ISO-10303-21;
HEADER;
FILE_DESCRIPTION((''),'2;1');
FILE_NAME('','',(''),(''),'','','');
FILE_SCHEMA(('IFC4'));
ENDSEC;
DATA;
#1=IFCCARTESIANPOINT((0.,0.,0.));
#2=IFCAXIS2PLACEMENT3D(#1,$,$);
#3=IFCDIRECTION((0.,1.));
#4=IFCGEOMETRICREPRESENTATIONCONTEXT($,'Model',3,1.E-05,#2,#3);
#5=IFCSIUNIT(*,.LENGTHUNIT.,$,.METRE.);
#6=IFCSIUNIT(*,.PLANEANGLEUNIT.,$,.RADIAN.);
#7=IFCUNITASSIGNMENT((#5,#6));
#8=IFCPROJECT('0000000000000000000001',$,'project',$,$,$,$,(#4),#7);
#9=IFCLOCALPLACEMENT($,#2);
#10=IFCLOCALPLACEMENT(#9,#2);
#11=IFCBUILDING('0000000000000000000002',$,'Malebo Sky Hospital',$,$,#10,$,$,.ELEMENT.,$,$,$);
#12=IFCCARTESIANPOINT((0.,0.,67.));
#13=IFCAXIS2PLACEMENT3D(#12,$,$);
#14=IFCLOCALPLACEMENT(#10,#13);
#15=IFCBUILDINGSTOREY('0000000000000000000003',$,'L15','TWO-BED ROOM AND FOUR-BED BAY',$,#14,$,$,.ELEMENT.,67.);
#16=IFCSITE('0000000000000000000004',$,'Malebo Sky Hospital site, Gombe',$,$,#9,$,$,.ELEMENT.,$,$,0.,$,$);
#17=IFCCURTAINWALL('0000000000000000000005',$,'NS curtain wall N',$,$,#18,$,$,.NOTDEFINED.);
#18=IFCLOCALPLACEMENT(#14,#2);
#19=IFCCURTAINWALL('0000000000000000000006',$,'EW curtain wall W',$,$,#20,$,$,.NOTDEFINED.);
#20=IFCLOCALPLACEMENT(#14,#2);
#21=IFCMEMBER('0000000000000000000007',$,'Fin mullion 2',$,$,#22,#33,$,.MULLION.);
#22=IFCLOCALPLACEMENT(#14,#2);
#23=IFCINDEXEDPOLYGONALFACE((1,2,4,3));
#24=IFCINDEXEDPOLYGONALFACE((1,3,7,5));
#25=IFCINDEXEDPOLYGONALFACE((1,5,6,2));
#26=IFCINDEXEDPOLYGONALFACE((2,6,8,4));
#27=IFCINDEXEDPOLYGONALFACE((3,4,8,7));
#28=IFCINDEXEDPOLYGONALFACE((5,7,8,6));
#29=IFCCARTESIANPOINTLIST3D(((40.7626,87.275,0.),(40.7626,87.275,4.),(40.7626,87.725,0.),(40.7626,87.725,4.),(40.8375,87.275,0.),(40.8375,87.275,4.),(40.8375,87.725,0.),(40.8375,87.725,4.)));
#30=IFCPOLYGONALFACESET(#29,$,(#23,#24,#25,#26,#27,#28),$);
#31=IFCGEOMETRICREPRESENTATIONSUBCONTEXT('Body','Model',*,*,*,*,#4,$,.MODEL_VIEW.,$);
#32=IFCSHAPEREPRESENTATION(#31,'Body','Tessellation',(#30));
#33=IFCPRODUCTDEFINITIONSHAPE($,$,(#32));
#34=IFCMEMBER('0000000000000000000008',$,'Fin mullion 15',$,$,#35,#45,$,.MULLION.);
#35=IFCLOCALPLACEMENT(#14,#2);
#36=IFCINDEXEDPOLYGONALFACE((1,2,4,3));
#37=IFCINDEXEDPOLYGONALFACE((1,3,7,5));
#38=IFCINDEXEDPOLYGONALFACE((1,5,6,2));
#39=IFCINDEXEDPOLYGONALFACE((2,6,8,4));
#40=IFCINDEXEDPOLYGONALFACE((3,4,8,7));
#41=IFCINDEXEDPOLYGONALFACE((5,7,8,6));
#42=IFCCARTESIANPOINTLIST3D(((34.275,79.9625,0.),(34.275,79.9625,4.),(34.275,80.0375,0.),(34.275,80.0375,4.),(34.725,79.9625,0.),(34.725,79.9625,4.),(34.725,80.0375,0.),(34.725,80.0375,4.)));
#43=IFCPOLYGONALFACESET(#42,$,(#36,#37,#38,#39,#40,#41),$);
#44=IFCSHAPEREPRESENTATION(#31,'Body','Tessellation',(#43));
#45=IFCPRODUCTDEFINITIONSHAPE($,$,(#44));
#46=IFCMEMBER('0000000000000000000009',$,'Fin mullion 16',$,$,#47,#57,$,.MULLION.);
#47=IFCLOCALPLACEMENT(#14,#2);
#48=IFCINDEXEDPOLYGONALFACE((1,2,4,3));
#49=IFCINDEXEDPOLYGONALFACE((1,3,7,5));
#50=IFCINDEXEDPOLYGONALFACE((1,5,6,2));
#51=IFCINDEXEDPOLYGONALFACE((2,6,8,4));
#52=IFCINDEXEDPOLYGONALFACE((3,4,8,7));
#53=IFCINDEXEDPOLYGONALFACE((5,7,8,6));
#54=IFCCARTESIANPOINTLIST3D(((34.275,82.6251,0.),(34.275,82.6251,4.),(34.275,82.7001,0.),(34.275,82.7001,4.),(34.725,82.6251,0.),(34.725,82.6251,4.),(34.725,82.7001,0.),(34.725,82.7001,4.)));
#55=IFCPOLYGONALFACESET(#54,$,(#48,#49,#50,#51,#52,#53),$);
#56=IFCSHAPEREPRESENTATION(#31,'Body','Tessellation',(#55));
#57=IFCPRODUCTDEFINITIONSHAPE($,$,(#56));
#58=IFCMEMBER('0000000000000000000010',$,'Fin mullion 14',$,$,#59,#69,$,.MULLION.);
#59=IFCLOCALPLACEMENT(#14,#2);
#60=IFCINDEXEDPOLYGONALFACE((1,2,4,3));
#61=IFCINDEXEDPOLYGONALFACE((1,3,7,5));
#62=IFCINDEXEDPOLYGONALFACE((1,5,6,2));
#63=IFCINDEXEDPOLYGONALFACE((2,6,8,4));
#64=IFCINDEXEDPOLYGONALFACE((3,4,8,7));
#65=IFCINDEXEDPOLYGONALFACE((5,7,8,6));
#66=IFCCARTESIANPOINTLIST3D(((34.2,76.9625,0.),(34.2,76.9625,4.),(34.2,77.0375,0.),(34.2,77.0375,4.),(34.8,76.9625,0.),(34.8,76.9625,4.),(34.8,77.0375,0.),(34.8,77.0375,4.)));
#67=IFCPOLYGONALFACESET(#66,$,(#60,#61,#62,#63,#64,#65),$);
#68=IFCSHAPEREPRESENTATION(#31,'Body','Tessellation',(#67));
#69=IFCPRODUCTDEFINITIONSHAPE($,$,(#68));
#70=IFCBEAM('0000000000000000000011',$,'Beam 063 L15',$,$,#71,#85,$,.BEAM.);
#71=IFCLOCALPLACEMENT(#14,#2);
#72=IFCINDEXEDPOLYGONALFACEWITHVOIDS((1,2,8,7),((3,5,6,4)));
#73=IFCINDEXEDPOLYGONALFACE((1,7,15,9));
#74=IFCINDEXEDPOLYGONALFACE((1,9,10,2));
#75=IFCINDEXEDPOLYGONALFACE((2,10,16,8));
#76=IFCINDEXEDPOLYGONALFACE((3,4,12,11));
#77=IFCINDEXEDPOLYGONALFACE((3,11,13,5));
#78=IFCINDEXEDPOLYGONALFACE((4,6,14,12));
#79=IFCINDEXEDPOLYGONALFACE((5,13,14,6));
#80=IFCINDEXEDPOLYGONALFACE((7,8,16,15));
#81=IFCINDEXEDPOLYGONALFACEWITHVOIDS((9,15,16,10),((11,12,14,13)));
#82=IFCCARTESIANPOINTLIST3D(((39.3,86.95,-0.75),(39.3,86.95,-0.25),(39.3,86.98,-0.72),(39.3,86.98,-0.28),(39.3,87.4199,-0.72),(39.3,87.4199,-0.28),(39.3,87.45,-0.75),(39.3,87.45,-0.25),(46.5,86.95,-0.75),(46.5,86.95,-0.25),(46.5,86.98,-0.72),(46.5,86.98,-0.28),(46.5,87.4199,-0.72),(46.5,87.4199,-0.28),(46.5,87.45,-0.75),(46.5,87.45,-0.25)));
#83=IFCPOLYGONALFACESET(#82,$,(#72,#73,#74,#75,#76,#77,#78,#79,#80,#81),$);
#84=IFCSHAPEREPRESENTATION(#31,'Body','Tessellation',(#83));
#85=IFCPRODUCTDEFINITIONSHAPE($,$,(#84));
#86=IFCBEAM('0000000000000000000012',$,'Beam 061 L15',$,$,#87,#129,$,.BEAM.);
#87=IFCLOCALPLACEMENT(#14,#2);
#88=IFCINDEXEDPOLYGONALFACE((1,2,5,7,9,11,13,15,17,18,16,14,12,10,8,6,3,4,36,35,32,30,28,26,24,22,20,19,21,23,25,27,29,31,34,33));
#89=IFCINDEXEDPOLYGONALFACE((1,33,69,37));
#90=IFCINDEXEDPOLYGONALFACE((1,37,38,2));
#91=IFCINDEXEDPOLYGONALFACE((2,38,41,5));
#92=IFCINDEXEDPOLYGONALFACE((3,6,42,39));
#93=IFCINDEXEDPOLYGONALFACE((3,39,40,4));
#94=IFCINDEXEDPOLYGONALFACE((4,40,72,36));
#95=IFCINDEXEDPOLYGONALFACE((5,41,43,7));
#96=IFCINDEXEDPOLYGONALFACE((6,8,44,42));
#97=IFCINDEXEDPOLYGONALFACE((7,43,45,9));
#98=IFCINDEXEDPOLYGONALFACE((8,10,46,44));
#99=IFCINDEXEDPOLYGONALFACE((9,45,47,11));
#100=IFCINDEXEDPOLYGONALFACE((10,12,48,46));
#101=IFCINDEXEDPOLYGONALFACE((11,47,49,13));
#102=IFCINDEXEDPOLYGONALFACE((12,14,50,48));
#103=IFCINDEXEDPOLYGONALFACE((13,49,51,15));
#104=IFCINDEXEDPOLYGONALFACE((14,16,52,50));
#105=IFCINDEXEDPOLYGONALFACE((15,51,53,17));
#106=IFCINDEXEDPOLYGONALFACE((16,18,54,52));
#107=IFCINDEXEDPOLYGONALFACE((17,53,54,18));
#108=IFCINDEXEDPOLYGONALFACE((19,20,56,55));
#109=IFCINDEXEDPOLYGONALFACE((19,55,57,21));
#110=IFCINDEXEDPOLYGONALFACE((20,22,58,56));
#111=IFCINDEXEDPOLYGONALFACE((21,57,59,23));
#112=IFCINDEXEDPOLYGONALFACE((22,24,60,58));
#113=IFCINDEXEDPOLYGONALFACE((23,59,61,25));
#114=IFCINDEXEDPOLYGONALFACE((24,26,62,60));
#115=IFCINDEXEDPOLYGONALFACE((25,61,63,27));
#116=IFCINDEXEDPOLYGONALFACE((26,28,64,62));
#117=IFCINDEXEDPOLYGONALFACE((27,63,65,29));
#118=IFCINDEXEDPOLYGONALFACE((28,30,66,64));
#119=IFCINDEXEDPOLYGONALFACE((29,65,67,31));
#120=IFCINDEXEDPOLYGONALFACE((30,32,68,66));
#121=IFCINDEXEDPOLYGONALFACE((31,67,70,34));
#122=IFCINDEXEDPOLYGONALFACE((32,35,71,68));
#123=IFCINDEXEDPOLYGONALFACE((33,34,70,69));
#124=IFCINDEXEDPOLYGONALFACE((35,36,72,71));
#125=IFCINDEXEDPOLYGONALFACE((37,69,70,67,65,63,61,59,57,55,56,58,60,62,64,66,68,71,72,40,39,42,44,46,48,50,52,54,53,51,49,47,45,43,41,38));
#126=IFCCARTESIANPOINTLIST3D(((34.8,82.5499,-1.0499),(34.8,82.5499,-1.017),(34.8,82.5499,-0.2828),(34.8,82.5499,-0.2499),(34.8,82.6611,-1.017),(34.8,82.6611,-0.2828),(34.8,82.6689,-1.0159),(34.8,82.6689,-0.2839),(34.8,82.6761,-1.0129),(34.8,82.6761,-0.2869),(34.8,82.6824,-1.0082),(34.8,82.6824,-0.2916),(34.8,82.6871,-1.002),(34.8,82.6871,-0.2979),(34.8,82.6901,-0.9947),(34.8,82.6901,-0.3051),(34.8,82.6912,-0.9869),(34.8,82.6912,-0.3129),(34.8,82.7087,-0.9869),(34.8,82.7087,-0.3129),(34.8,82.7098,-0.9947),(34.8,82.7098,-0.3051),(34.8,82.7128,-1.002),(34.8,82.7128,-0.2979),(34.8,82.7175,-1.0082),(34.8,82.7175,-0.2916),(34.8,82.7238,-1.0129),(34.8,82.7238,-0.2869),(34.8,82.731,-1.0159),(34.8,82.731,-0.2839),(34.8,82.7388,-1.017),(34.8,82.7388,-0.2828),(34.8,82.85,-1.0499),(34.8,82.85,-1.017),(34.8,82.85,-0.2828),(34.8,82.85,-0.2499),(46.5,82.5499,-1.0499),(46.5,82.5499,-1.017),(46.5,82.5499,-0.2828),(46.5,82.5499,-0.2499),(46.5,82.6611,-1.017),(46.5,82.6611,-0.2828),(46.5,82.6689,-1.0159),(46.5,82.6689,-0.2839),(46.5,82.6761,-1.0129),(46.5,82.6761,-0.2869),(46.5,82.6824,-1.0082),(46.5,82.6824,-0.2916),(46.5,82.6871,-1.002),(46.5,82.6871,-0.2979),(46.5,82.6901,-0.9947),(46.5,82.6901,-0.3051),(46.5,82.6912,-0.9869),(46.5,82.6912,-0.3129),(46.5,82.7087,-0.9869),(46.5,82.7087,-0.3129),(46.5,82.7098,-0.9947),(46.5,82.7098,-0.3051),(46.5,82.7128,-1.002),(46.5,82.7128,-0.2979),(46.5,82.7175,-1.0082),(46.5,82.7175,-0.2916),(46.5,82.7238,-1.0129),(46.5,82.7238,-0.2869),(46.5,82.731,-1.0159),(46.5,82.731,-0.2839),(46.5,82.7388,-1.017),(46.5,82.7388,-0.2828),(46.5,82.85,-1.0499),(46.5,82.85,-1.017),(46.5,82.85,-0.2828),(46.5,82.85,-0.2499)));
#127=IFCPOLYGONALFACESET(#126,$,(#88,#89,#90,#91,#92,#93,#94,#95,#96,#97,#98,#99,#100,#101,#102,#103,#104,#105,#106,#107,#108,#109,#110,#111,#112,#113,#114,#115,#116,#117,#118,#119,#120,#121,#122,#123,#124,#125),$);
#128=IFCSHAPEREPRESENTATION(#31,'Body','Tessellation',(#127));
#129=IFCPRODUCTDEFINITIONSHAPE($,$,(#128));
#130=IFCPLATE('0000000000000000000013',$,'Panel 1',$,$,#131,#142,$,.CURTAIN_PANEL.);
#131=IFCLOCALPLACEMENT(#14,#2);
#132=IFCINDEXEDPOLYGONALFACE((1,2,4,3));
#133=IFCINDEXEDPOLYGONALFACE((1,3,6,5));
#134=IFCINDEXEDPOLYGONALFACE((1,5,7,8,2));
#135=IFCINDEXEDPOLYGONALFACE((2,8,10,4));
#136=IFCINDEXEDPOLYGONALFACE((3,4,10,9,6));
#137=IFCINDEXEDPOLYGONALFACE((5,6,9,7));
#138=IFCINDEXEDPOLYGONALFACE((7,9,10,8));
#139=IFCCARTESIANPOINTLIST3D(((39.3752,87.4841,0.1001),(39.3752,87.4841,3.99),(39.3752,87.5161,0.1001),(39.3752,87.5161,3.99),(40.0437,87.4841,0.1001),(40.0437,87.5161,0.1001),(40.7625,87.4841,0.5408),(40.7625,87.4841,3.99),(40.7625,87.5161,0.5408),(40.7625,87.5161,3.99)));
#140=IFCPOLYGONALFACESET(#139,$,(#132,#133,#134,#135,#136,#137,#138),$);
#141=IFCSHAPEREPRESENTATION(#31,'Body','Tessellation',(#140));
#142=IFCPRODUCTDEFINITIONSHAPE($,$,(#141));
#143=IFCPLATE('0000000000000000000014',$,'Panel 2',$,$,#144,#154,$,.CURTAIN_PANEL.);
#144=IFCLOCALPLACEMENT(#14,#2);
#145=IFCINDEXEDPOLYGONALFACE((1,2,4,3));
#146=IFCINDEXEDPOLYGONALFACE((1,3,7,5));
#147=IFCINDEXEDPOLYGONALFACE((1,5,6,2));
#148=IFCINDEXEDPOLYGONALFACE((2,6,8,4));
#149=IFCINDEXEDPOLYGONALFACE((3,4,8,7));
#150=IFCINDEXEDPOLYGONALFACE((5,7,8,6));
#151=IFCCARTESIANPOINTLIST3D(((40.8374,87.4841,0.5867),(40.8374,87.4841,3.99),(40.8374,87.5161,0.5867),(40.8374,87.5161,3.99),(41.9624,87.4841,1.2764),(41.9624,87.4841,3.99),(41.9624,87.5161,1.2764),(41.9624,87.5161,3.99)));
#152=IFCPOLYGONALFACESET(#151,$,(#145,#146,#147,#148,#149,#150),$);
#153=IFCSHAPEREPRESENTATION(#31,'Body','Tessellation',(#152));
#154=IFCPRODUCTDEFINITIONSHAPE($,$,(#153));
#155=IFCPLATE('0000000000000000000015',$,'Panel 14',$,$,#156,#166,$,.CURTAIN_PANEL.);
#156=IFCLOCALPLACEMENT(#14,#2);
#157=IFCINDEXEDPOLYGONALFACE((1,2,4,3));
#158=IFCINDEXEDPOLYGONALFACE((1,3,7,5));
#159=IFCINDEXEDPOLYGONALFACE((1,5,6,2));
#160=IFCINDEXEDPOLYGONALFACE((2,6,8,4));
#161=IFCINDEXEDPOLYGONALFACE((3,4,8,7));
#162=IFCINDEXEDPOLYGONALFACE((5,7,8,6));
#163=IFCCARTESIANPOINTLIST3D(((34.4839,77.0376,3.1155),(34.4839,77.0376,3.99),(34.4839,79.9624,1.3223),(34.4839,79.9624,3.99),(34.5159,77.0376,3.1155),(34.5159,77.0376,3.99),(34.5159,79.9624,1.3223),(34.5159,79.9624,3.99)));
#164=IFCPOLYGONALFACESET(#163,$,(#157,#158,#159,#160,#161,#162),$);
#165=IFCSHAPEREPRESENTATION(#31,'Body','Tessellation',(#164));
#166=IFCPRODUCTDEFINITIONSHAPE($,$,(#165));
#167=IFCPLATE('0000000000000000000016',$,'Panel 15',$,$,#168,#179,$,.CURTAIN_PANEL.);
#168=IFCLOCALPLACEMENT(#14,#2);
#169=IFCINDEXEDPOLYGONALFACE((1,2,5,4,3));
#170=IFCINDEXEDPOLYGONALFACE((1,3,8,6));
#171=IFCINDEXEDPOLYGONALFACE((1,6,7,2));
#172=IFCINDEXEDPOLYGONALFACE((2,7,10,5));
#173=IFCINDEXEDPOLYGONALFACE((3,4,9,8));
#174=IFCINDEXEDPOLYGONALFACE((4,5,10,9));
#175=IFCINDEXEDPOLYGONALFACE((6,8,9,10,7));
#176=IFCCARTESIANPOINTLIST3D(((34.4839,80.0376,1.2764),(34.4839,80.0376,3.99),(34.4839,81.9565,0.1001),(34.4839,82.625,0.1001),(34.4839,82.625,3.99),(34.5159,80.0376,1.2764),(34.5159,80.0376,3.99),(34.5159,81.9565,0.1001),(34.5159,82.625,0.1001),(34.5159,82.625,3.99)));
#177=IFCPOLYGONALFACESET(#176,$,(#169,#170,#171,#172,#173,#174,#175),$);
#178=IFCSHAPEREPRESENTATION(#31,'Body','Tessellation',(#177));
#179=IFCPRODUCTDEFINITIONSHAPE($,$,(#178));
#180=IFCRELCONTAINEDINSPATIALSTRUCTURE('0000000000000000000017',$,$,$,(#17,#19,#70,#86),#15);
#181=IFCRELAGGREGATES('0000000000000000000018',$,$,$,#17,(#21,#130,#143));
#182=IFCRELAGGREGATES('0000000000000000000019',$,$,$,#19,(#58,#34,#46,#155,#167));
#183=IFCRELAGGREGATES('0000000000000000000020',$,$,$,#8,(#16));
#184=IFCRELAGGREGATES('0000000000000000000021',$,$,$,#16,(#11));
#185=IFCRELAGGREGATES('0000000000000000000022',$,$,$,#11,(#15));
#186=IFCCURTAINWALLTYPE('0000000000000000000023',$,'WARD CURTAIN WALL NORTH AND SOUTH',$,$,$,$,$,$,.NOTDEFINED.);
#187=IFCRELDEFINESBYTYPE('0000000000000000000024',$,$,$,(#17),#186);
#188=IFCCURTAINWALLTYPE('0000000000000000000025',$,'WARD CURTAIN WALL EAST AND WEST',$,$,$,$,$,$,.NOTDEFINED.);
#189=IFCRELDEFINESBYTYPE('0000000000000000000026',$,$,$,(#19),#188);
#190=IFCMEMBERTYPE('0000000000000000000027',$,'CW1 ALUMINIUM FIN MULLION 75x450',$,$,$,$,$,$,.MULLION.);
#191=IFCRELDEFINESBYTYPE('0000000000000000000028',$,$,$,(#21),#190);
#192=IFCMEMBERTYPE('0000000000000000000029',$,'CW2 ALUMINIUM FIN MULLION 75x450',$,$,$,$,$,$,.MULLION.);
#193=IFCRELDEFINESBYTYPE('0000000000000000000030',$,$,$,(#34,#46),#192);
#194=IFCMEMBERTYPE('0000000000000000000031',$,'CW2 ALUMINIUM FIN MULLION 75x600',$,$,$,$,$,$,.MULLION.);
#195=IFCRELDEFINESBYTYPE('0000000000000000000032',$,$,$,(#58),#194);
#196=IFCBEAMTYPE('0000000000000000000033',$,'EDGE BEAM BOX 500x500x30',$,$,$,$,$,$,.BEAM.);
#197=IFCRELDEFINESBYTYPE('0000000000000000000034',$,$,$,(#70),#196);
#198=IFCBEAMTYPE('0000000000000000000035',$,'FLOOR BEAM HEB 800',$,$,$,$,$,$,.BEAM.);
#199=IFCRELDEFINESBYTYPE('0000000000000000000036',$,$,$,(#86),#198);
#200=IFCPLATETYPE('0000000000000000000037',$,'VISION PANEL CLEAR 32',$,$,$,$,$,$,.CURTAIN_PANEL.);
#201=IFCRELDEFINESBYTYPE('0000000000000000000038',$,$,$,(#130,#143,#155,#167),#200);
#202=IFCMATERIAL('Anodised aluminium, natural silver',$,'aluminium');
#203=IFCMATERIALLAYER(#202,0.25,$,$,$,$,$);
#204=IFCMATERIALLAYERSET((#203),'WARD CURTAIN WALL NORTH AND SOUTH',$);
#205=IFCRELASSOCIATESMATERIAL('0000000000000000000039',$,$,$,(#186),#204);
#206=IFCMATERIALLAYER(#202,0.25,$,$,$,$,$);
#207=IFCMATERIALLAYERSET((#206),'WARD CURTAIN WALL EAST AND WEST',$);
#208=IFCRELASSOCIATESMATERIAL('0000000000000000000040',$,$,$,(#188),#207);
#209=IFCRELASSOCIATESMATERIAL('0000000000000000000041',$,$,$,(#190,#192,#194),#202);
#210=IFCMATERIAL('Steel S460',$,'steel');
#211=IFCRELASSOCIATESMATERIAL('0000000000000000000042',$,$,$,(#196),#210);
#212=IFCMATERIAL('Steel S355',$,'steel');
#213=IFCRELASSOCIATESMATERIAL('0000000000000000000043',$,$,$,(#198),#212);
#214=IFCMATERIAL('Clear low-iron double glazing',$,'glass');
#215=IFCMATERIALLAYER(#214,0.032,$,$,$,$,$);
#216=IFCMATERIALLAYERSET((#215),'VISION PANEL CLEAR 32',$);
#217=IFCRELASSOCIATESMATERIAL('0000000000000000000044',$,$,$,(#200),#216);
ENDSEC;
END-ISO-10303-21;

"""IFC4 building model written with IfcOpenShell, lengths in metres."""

from ifc_helpers import new_model, si_unit, direction, frame, origin, origin_2d, place, context, subcontext, project, spatial, polyline, rectangle, hollow_rectangle, i_section, outline, extrude, material, layer, layer_set, material_profile, profile_set, type_object, element, aggregate, save


model = new_model("IFC4")

# Units and contexts
model_context = context("Model", 3, precision=1e-05, world=origin(), true_north=direction((0.0, 1.0)))
body_context = subcontext(model_context, "Body", "Model", "MODEL_VIEW")
ifc_project = project(units=[si_unit("LENGTHUNIT", "METRE"), si_unit("PLANEANGLEUNIT", "RADIAN")], contexts=[model_context])

# Site, building, storey
site_placement = place(None, origin())
site = spatial("IfcSite", under=ifc_project, at=site_placement, Name="Malebo Sky Hospital site, Gombe", CompositionType="ELEMENT", RefElevation=0.0)
building_placement = place(site_placement, origin())
building = spatial("IfcBuilding", under=site, at=building_placement, Name="Malebo Sky Hospital", CompositionType="ELEMENT")
storey_placement = place(building_placement, frame((0.0, 0.0, 67.0)))
storey = spatial("IfcBuildingStorey", under=building, at=storey_placement, Name="L15", Description="TWO-BED ROOM AND FOUR-BED BAY", CompositionType="ELEMENT", Elevation=67.0)

# Shared definitions
ifc_material_1 = material(Name="Steel S460", Category="steel")

# Curtain walls
ifc_material_2 = material(Name="Anodised aluminium, natural silver", Category="aluminium")
ifc_layer_1 = layer(ifc_material_2, 0.25)
ifc_layer_set_1 = layer_set([ifc_layer_1], Name="WARD CURTAIN WALL NORTH AND SOUTH")
curtain_wall_type_1 = type_object("IfcCurtainWallType", Name="WARD CURTAIN WALL NORTH AND SOUTH", PredefinedType="NOTDEFINED", material=ifc_layer_set_1)
curtain_wall_1_placement = place(storey_placement, origin())
curtain_wall_1 = element("IfcCurtainWall", 1, at=curtain_wall_1_placement, inside=storey, type_object=curtain_wall_type_1, Name="NS curtain wall N", PredefinedType="NOTDEFINED")
ifc_layer_2 = layer(ifc_material_2, 0.25)
ifc_layer_set_2 = layer_set([ifc_layer_2], Name="WARD CURTAIN WALL EAST AND WEST")
curtain_wall_type_2 = type_object("IfcCurtainWallType", Name="WARD CURTAIN WALL EAST AND WEST", PredefinedType="NOTDEFINED", material=ifc_layer_set_2)
curtain_wall_2_placement = place(storey_placement, origin())
curtain_wall_2 = element("IfcCurtainWall", 2, at=curtain_wall_2_placement, inside=storey, type_object=curtain_wall_type_2, Name="EW curtain wall W", PredefinedType="NOTDEFINED")

# Shared definitions
ifc_material_3 = material(Name="Steel S355", Category="steel")

# Members
ifc_material_profile_1 = material_profile(ifc_material_2, rectangle(XDim=0.075, YDim=0.45, at=origin_2d()), Name="CW1 ALUMINIUM FIN MULLION 75x450")
ifc_profile_set_1 = profile_set([ifc_material_profile_1], Name="Anodised aluminium, natural silver")
member_type_1 = type_object("IfcMemberType", Name="CW1 ALUMINIUM FIN MULLION 75x450", PredefinedType="MULLION", material=ifc_profile_set_1)
member_1_placement = place(storey_placement, frame((40.8, 87.5, 0.0), z_axis=(0.0, 0.0, 1.0), x_axis=(1.0, 0.0, 0.0)))
member_1 = element("IfcMember", 3, at=member_1_placement, type_object=member_type_1, Name="Fin mullion 2", PredefinedType="MULLION", context=body_context, shape_type="SweptSolid", body=[
    extrude(rectangle(XDim=0.075, YDim=0.45, at=origin_2d()), origin(), (0.0, 0.0, 1.0), 4.0),
])
ifc_material_profile_2 = material_profile(ifc_material_2, rectangle(XDim=0.075, YDim=0.45, at=origin_2d()), Name="CW2 ALUMINIUM FIN MULLION 75x450")
ifc_profile_set_2 = profile_set([ifc_material_profile_2], Name="Anodised aluminium, natural silver")
member_type_2 = type_object("IfcMemberType", Name="CW2 ALUMINIUM FIN MULLION 75x450", PredefinedType="MULLION", material=ifc_profile_set_2)
member_2_placement = place(storey_placement, frame((34.5, 80.0, 0.0), z_axis=(0.0, 0.0, 1.0), x_axis=(0.0, 1.0, 0.0)))
member_2 = element("IfcMember", 4, at=member_2_placement, type_object=member_type_2, Name="Fin mullion 15", PredefinedType="MULLION", context=body_context, shape_type="SweptSolid", body=[
    extrude(rectangle(XDim=0.075, YDim=0.45, at=origin_2d()), origin(), (0.0, 0.0, 1.0), 4.0),
])
member_3_placement = place(storey_placement, frame((34.5, 82.6626, 0.0), z_axis=(0.0, 0.0, 1.0), x_axis=(0.0, 1.0, 0.0)))
member_3 = element("IfcMember", 5, at=member_3_placement, type_object=member_type_2, Name="Fin mullion 16", PredefinedType="MULLION", context=body_context, shape_type="SweptSolid", body=[
    extrude(rectangle(XDim=0.075, YDim=0.45, at=origin_2d()), origin(), (0.0, 0.0, 1.0), 4.0),
])
ifc_material_profile_3 = material_profile(ifc_material_2, rectangle(XDim=0.075, YDim=0.6001, at=origin_2d()), Name="CW2 ALUMINIUM FIN MULLION 75x600")
ifc_profile_set_3 = profile_set([ifc_material_profile_3], Name="Anodised aluminium, natural silver")
member_type_3 = type_object("IfcMemberType", Name="CW2 ALUMINIUM FIN MULLION 75x600", PredefinedType="MULLION", material=ifc_profile_set_3)
member_4_placement = place(storey_placement, frame((34.5, 77.0, 0.0), z_axis=(0.0, 0.0, 1.0), x_axis=(0.0, 1.0, 0.0)))
member_4 = element("IfcMember", 6, at=member_4_placement, type_object=member_type_3, Name="Fin mullion 14", PredefinedType="MULLION", context=body_context, shape_type="SweptSolid", body=[
    extrude(rectangle(XDim=0.075, YDim=0.6001, at=origin_2d()), origin(), (0.0, 0.0, 1.0), 4.0),
])

# Beams
ifc_material_profile_4 = material_profile(ifc_material_1, hollow_rectangle(XDim=0.5, YDim=0.5, WallThickness=0.03, at=origin_2d()), Name="BOX 500x500x30")
ifc_profile_set_4 = profile_set([ifc_material_profile_4], Name="Steel S460")
beam_type_1 = type_object("IfcBeamType", Name="EDGE BEAM BOX 500x500x30", PredefinedType="BEAM", material=ifc_profile_set_4)
beam_1_placement = place(storey_placement, frame((39.3, 87.2, -0.5), z_axis=(1.0, 0.0, 0.0), x_axis=(0.0, 1.0, 0.0)))
element("IfcBeam", 7, at=beam_1_placement, inside=storey, type_object=beam_type_1, Name="Beam 063 L15", PredefinedType="BEAM", context=body_context, shape_type="SweptSolid", body=[
    extrude(hollow_rectangle(XDim=0.5, YDim=0.5, WallThickness=0.03, at=origin_2d()), origin(), (0.0, 0.0, 1.0), 7.2),
])
ifc_material_profile_5 = material_profile(ifc_material_3, i_section(OverallWidth=0.3, OverallDepth=0.8, WebThickness=0.0176, FlangeThickness=0.033, FilletRadius=0.03, at=origin_2d()), Name="HEB 800")
ifc_profile_set_5 = profile_set([ifc_material_profile_5], Name="Steel S355")
beam_type_2 = type_object("IfcBeamType", Name="FLOOR BEAM HEB 800", PredefinedType="BEAM", material=ifc_profile_set_5)
beam_2_placement = place(storey_placement, frame((34.8, 82.7, -0.6499), z_axis=(1.0, 0.0, 0.0), x_axis=(0.0, 1.0, 0.0)))
element("IfcBeam", 8, at=beam_2_placement, inside=storey, type_object=beam_type_2, Name="Beam 061 L15", PredefinedType="BEAM", context=body_context, shape_type="SweptSolid", body=[
    extrude(i_section(OverallWidth=0.3, OverallDepth=0.8, WebThickness=0.0176, FlangeThickness=0.033, FilletRadius=0.03, at=origin_2d()), origin(), (0.0, 0.0, 1.0), 11.7),
])

# Plates
ifc_material_4 = material(Name="Clear low-iron double glazing", Category="glass")
ifc_layer_3 = layer(ifc_material_4, 0.032)
ifc_layer_set_3 = layer_set([ifc_layer_3], Name="VISION PANEL CLEAR 32")
plate_type = type_object("IfcPlateType", Name="VISION PANEL CLEAR 32", PredefinedType="CURTAIN_PANEL", material=ifc_layer_set_3)
plate_1_placement = place(storey_placement, frame((40.0688, 87.5, 0.1001), z_axis=(0.0, 0.0, 1.0), x_axis=(1.0, 0.0, 0.0)))
plate_1 = element("IfcPlate", 9, at=plate_1_placement, type_object=plate_type, Name="Panel 1", PredefinedType="CURTAIN_PANEL", context=body_context, shape_type="SweptSolid", body=[
    extrude(outline(polyline([(-0.6936, 0.0), (-0.0251, 0.0), (0.6936, 0.4407), (0.6936, 3.8899), (-0.6936, 3.8899), (-0.6936, 0.0)])), frame((0.0, 0.0161, 0.0), z_axis=(0.0, -1.0, 0.0), x_axis=(1.0, 0.0, 0.0)), (0.0, 0.0, 1.0), 0.032),
])
plate_2_placement = place(storey_placement, frame((41.3999, 87.5, 0.5867), z_axis=(0.0, 0.0, 1.0), x_axis=(1.0, 0.0, 0.0)))
plate_2 = element("IfcPlate", 10, at=plate_2_placement, type_object=plate_type, Name="Panel 2", PredefinedType="CURTAIN_PANEL", context=body_context, shape_type="SweptSolid", body=[
    extrude(outline(polyline([(-0.5625, 0.0), (0.5625, 0.6897), (0.5625, 3.4033), (-0.5625, 3.4033), (-0.5625, 0.0)])), frame((0.0, 0.0161, 0.0), z_axis=(0.0, -1.0, 0.0), x_axis=(1.0, 0.0, 0.0)), (0.0, 0.0, 1.0), 0.032),
])
aggregate(curtain_wall_1, [member_1, plate_1, plate_2])
plate_3_placement = place(storey_placement, frame((34.5, 78.5, 1.3223), z_axis=(0.0, 0.0, 1.0), x_axis=(0.0, 1.0, 0.0)))
plate_3 = element("IfcPlate", 11, at=plate_3_placement, type_object=plate_type, Name="Panel 14", PredefinedType="CURTAIN_PANEL", context=body_context, shape_type="SweptSolid", body=[
    extrude(outline(polyline([(1.4624, 0.0), (1.4624, 2.6677), (-1.4624, 2.6677), (-1.4624, 1.7932), (1.4624, 0.0)])), frame((0.0, 0.0161, 0.0), z_axis=(0.0, -1.0, 0.0), x_axis=(1.0, 0.0, 0.0)), (0.0, 0.0, 1.0), 0.032),
])
plate_4_placement = place(storey_placement, frame((34.5, 81.3313, 0.1001), z_axis=(0.0, 0.0, 1.0), x_axis=(0.0, 1.0, 0.0)))
plate_4 = element("IfcPlate", 12, at=plate_4_placement, type_object=plate_type, Name="Panel 15", PredefinedType="CURTAIN_PANEL", context=body_context, shape_type="SweptSolid", body=[
    extrude(outline(polyline([(0.6252, 0.0), (1.2937, 0.0), (1.2937, 3.8899), (-1.2937, 3.8899), (-1.2937, 1.1763), (0.6252, 0.0)])), frame((0.0, 0.0161, 0.0), z_axis=(0.0, -1.0, 0.0), x_axis=(1.0, 0.0, 0.0)), (0.0, 0.0, 1.0), 0.032),
])
aggregate(curtain_wall_2, [member_4, member_2, member_3, plate_3, plate_4])

save(model, "model.ifc")
